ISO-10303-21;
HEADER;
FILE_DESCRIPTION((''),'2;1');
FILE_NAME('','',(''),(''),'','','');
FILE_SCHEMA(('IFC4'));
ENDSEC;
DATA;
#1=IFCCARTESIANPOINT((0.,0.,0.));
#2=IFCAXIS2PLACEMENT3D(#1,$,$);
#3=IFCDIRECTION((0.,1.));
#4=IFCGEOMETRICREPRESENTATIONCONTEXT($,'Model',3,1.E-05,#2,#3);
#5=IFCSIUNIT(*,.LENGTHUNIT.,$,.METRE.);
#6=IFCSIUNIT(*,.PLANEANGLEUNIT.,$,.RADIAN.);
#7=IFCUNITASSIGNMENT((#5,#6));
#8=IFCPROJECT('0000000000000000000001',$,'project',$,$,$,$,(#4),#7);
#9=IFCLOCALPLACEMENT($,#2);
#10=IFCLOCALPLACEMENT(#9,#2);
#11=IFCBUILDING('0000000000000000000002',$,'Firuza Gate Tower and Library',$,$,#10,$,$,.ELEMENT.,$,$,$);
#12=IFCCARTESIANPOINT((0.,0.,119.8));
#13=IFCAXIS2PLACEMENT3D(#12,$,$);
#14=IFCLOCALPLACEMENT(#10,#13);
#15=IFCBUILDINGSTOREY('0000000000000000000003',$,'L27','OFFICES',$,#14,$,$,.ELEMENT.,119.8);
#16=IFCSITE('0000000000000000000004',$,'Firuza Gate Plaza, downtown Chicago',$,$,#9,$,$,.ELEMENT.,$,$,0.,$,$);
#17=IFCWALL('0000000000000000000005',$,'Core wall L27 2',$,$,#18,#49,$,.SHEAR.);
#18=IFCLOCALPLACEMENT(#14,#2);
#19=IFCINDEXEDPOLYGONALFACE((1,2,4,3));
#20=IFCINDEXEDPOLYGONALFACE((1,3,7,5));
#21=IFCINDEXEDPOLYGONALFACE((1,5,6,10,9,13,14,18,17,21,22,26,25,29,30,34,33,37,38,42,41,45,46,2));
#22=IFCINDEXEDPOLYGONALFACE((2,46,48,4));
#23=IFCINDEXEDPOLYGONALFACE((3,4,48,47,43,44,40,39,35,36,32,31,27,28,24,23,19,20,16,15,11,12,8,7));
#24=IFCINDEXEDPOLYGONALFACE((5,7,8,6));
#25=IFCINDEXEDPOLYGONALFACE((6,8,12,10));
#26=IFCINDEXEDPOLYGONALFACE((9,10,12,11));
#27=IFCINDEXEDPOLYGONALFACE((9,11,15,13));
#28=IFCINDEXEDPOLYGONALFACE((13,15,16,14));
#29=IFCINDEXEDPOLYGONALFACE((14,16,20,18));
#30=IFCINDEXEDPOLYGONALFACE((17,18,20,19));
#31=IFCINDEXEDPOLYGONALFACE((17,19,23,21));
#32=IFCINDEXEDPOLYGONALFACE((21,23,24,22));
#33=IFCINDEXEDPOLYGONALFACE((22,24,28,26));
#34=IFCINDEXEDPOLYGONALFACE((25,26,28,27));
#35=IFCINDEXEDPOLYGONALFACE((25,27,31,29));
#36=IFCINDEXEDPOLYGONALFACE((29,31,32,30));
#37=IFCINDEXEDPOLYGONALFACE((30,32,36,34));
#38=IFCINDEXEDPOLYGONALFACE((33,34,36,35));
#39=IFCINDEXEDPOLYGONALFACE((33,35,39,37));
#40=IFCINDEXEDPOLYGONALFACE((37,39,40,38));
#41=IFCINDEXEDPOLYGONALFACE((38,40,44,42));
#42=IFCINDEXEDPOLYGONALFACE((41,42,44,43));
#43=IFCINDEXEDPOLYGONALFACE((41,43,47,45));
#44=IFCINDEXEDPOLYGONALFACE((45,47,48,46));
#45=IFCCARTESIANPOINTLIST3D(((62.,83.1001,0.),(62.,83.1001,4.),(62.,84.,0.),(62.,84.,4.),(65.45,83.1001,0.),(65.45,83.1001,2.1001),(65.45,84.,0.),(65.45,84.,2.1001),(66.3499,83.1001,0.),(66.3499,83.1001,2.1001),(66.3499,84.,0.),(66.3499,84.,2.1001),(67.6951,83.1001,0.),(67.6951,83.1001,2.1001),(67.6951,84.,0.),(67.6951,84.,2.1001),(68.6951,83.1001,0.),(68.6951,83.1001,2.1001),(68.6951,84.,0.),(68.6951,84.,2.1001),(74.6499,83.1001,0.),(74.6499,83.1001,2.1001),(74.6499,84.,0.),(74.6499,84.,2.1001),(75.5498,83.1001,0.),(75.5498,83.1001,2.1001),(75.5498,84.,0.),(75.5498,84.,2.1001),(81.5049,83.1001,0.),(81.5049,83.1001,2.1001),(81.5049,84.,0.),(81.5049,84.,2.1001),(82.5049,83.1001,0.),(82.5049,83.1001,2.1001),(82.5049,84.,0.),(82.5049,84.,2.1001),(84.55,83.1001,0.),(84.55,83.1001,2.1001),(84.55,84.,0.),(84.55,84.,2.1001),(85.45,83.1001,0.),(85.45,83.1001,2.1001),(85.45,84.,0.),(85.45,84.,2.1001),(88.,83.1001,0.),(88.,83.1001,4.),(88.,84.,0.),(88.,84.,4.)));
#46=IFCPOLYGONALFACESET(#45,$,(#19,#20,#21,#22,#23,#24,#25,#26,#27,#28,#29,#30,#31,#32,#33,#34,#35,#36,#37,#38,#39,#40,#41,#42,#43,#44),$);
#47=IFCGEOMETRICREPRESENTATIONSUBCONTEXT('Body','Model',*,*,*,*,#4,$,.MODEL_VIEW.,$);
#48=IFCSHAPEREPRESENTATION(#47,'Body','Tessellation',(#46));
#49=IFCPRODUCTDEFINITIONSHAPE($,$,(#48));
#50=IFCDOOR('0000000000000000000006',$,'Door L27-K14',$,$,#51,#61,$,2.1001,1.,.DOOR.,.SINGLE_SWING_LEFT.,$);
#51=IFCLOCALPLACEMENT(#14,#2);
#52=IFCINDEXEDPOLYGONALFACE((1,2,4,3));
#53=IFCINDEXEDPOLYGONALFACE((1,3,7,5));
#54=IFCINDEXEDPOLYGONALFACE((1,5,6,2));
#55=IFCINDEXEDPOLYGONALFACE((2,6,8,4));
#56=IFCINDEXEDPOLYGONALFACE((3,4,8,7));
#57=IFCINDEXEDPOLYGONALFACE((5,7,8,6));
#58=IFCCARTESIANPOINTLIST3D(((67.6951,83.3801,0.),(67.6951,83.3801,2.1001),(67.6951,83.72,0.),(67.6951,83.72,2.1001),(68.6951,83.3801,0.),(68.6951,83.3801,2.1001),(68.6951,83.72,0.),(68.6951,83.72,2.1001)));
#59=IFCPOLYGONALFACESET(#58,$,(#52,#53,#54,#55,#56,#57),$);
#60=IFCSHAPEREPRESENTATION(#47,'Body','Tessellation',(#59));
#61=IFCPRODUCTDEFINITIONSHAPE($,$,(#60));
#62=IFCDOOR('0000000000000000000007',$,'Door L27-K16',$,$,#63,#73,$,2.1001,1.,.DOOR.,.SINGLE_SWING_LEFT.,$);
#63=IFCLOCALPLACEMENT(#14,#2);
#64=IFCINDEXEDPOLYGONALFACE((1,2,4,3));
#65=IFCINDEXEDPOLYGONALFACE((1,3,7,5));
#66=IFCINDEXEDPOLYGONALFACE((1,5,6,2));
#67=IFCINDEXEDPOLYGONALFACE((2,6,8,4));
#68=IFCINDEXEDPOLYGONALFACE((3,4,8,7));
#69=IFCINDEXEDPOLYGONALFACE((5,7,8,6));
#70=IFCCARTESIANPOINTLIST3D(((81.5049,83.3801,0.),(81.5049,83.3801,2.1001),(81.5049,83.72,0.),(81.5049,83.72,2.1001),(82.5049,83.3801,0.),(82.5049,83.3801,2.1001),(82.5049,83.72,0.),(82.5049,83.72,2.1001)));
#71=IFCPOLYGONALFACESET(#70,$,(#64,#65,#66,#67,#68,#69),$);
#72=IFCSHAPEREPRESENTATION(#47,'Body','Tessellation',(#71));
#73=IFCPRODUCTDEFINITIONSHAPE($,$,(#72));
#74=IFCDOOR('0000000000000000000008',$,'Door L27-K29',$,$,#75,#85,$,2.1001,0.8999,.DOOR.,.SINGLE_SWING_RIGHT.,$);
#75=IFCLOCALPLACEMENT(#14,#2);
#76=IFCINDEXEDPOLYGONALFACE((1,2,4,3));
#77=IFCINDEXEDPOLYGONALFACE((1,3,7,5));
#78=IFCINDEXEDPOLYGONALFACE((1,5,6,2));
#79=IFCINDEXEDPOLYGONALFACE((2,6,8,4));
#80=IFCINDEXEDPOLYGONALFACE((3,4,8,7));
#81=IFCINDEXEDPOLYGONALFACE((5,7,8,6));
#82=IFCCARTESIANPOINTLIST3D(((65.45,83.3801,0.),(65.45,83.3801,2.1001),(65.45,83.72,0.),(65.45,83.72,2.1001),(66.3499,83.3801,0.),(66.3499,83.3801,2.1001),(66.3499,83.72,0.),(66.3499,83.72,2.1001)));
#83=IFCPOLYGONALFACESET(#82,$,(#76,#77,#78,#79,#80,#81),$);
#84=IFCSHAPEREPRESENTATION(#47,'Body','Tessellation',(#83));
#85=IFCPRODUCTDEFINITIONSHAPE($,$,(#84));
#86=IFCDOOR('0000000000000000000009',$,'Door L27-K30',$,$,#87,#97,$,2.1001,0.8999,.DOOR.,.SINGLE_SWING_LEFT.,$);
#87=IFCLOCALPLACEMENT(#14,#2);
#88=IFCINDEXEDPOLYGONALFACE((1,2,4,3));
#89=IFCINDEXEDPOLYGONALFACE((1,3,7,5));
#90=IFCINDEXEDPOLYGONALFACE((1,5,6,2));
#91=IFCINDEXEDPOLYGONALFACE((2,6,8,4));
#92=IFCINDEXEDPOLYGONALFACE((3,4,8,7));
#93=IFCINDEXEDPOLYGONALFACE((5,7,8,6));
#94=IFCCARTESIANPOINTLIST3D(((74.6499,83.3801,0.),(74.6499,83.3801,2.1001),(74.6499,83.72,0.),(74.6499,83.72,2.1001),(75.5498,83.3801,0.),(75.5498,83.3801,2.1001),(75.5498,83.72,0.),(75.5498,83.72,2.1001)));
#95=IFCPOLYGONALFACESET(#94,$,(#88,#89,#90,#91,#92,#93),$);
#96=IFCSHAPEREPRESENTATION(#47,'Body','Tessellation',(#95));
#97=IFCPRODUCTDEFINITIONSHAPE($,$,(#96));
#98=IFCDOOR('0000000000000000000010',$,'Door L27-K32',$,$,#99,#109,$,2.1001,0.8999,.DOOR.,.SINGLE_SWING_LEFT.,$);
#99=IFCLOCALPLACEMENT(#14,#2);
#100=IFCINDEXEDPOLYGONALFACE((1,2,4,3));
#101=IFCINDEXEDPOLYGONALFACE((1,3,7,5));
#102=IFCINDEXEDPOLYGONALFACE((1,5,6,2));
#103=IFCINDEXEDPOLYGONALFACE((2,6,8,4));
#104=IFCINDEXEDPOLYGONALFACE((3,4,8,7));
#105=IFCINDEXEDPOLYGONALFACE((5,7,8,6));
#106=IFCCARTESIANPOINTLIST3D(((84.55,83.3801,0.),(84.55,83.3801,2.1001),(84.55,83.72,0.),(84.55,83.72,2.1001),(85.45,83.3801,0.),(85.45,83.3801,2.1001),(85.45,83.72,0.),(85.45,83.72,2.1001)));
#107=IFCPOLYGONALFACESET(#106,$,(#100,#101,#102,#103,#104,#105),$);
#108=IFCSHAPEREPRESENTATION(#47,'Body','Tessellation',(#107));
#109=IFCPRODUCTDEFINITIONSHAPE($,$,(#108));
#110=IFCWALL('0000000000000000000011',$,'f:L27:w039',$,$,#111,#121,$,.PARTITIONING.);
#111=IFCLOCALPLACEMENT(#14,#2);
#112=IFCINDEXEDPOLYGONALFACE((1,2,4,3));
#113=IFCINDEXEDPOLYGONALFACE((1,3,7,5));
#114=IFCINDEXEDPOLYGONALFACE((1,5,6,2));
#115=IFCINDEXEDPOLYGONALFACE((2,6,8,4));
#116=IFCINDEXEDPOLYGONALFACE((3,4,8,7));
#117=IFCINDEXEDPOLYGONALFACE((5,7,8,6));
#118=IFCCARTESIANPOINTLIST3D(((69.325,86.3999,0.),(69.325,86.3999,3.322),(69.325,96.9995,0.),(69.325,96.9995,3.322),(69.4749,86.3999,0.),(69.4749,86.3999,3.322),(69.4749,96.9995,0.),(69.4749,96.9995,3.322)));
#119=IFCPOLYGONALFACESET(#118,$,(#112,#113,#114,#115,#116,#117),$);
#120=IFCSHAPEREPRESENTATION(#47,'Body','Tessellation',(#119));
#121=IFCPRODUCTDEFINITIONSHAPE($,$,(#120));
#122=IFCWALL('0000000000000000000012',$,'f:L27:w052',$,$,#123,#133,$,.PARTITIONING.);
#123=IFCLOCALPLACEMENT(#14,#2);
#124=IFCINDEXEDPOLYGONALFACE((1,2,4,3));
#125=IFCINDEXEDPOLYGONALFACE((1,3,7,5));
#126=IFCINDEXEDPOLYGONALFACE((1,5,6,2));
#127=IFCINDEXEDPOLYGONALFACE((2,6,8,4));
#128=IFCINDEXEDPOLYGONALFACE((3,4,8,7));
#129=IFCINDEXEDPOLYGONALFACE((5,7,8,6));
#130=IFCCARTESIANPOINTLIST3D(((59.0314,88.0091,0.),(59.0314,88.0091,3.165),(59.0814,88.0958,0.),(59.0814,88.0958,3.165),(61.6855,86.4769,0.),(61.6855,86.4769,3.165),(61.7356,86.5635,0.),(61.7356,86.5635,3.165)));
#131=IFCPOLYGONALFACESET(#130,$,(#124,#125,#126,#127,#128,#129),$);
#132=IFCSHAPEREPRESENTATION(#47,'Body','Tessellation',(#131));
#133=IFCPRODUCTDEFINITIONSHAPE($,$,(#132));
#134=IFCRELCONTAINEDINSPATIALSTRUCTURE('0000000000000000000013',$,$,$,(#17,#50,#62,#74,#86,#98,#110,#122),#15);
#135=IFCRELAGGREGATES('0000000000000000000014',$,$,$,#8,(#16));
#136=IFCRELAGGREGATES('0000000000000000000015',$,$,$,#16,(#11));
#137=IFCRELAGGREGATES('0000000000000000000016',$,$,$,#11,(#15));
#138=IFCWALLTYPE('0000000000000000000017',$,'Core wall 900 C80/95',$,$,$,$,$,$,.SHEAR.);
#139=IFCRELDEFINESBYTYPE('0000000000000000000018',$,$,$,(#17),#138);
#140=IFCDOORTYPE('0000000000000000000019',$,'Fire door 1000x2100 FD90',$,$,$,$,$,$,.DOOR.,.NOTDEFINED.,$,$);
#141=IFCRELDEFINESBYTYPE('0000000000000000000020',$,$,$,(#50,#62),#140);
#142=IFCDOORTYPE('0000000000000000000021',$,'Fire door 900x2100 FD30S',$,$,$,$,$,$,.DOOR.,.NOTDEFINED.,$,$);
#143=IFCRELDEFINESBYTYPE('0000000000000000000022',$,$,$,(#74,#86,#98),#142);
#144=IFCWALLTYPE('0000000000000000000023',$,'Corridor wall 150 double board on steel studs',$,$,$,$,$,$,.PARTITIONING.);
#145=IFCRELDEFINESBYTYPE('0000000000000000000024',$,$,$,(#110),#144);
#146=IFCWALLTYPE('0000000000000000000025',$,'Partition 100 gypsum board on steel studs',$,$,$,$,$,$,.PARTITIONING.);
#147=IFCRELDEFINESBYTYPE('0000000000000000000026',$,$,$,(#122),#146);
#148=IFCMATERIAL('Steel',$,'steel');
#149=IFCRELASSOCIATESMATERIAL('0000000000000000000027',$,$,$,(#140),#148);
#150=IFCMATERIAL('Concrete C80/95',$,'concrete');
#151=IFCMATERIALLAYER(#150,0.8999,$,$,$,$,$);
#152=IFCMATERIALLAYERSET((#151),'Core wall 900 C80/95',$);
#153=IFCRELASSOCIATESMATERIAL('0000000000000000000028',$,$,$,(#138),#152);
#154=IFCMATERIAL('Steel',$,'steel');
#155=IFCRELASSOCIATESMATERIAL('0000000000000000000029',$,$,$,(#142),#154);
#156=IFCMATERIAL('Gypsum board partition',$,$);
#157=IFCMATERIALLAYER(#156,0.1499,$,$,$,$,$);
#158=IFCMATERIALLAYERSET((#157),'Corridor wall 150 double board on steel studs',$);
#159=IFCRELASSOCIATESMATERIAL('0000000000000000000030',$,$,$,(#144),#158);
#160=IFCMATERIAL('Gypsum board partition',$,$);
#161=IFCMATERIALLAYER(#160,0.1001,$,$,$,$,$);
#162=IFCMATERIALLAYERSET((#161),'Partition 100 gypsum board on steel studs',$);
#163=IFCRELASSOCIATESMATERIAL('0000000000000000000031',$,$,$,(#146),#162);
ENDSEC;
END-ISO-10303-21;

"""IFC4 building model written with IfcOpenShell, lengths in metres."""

from ifc_helpers import new_model, si_unit, direction, frame, frame_2d, origin, place, context, subcontext, project, spatial, rectangle, extrude, material, layer, layer_set, type_object, element, fill, save


model = new_model("IFC4")

# Units and contexts
model_context = context("Model", 3, precision=1e-05, world=origin(), true_north=direction((0.0, 1.0)))
body_context = subcontext(model_context, "Body", "Model", "MODEL_VIEW")
ifc_project = project(units=[si_unit("LENGTHUNIT", "METRE"), si_unit("PLANEANGLEUNIT", "RADIAN")], contexts=[model_context])

# Site, building, storey
site_placement = place(None, origin())
site = spatial("IfcSite", under=ifc_project, at=site_placement, Name="Firuza Gate Plaza, downtown Chicago", CompositionType="ELEMENT", RefElevation=0.0)
building_placement = place(site_placement, origin())
building = spatial("IfcBuilding", under=site, at=building_placement, Name="Firuza Gate Tower and Library", CompositionType="ELEMENT")
storey_placement = place(building_placement, frame((0.0, 0.0, 119.8)))
storey = spatial("IfcBuildingStorey", under=building, at=storey_placement, Name="L27", Description="OFFICES", CompositionType="ELEMENT", Elevation=119.8)

# Shared definitions
ifc_material_1 = material(Name="Steel", Category="steel")
door_type_1 = type_object("IfcDoorType", Name="Fire door 1000x2100 FD90", OperationType="NOTDEFINED", PredefinedType="DOOR", material=ifc_material_1)

# Wall, openings, doors
ifc_material_2 = material(Name="Concrete C80/95", Category="concrete")
ifc_layer_1 = layer(ifc_material_2, 0.8999)
ifc_layer_set_1 = layer_set([ifc_layer_1], Name="Core wall 900 C80/95")
wall_type_1 = type_object("IfcWallType", Name="Core wall 900 C80/95", PredefinedType="SHEAR", material=ifc_layer_set_1)
wall_1_placement = place(storey_placement, frame((62.0, 83.55, 0.0), z_axis=(0.0, 0.0, 1.0), x_axis=(1.0, 0.0, 0.0)))
wall_1 = element("IfcWall", 1, at=wall_1_placement, inside=storey, type_object=wall_type_1, Name="Core wall L27 2", PredefinedType="SHEAR", context=body_context, shape_type="SweptSolid", body=[
    extrude(rectangle(XDim=26.0, YDim=0.8999, at=frame_2d((13.0, 0.0))), origin(), (0.0, 0.0, 1.0), 4.0),
])
opening_1_placement = place(wall_1_placement, frame((5.6951, 0.0, 0.0)))
opening_1 = element("IfcOpeningElement", 2, at=opening_1_placement, cuts=wall_1, PredefinedType="OPENING", context=body_context, shape_type="SweptSolid", body=[
    extrude(rectangle(XDim=1.0, YDim=2.1001, at=frame_2d((0.5, 1.05))), frame((0.0, 0.46, 0.0), z_axis=(0.0, -1.0, 0.0), x_axis=(1.0, 0.0, 0.0)), (0.0, 0.0, 1.0), 0.9199),
])
opening_2_placement = place(wall_1_placement, frame((19.5049, 0.0, 0.0)))
opening_2 = element("IfcOpeningElement", 3, at=opening_2_placement, cuts=wall_1, PredefinedType="OPENING", context=body_context, shape_type="SweptSolid", body=[
    extrude(rectangle(XDim=1.0, YDim=2.1001, at=frame_2d((0.5, 1.05))), frame((0.0, 0.46, 0.0), z_axis=(0.0, -1.0, 0.0), x_axis=(1.0, 0.0, 0.0)), (0.0, 0.0, 1.0), 0.9199),
])
opening_3_placement = place(wall_1_placement, frame((3.45, 0.0, 0.0)))
opening_3 = element("IfcOpeningElement", 4, at=opening_3_placement, cuts=wall_1, PredefinedType="OPENING", context=body_context, shape_type="SweptSolid", body=[
    extrude(rectangle(XDim=0.8999, YDim=2.1001, at=frame_2d((0.45, 1.05))), frame((0.0, 0.46, 0.0), z_axis=(0.0, -1.0, 0.0), x_axis=(1.0, 0.0, 0.0)), (0.0, 0.0, 1.0), 0.9199),
])
opening_4_placement = place(wall_1_placement, frame((12.6499, 0.0, 0.0)))
opening_4 = element("IfcOpeningElement", 5, at=opening_4_placement, cuts=wall_1, PredefinedType="OPENING", context=body_context, shape_type="SweptSolid", body=[
    extrude(rectangle(XDim=0.8999, YDim=2.1001, at=frame_2d((0.45, 1.05))), frame((0.0, 0.46, 0.0), z_axis=(0.0, -1.0, 0.0), x_axis=(1.0, 0.0, 0.0)), (0.0, 0.0, 1.0), 0.9199),
])
opening_5_placement = place(wall_1_placement, frame((22.55, 0.0, 0.0)))
opening_5 = element("IfcOpeningElement", 6, at=opening_5_placement, cuts=wall_1, PredefinedType="OPENING", context=body_context, shape_type="SweptSolid", body=[
    extrude(rectangle(XDim=0.8999, YDim=2.1001, at=frame_2d((0.45, 1.05))), frame((0.0, 0.46, 0.0), z_axis=(0.0, -1.0, 0.0), x_axis=(1.0, 0.0, 0.0)), (0.0, 0.0, 1.0), 0.9199),
])
door_1_placement = place(opening_1_placement, origin())
door_1 = element("IfcDoor", 7, at=door_1_placement, inside=storey, type_object=door_type_1, Name="Door L27-K14", OperationType="SINGLE_SWING_LEFT", OverallHeight=2.1001, OverallWidth=1.0, PredefinedType="DOOR", context=body_context, shape_type="SweptSolid", body=[
    extrude(rectangle(XDim=1.0, YDim=2.1001, at=frame_2d((0.5, 1.05))), frame((0.0, 0.1699, 0.0), z_axis=(0.0, -1.0, 0.0), x_axis=(1.0, 0.0, 0.0)), (0.0, 0.0, 1.0), 0.3398),
])
fill(opening_1, door_1)
door_2_placement = place(opening_2_placement, origin())
door_2 = element("IfcDoor", 8, at=door_2_placement, inside=storey, type_object=door_type_1, Name="Door L27-K16", OperationType="SINGLE_SWING_LEFT", OverallHeight=2.1001, OverallWidth=1.0, PredefinedType="DOOR", context=body_context, shape_type="SweptSolid", body=[
    extrude(rectangle(XDim=1.0, YDim=2.1001, at=frame_2d((0.5, 1.05))), frame((0.0, 0.1699, 0.0), z_axis=(0.0, -1.0, 0.0), x_axis=(1.0, 0.0, 0.0)), (0.0, 0.0, 1.0), 0.3398),
])
fill(opening_2, door_2)
ifc_material_3 = material(Name="Steel", Category="steel")
door_type_2 = type_object("IfcDoorType", Name="Fire door 900x2100 FD30S", OperationType="NOTDEFINED", PredefinedType="DOOR", material=ifc_material_3)
door_3_placement = place(opening_3_placement, origin())
door_3 = element("IfcDoor", 9, at=door_3_placement, inside=storey, type_object=door_type_2, Name="Door L27-K29", OperationType="SINGLE_SWING_RIGHT", OverallHeight=2.1001, OverallWidth=0.8999, PredefinedType="DOOR", context=body_context, shape_type="SweptSolid", body=[
    extrude(rectangle(XDim=0.8999, YDim=2.1001, at=frame_2d((0.45, 1.05))), frame((0.0, 0.1699, 0.0), z_axis=(0.0, -1.0, 0.0), x_axis=(1.0, 0.0, 0.0)), (0.0, 0.0, 1.0), 0.3398),
])
fill(opening_3, door_3)
door_4_placement = place(opening_4_placement, origin())
door_4 = element("IfcDoor", 10, at=door_4_placement, inside=storey, type_object=door_type_2, Name="Door L27-K30", OperationType="SINGLE_SWING_LEFT", OverallHeight=2.1001, OverallWidth=0.8999, PredefinedType="DOOR", context=body_context, shape_type="SweptSolid", body=[
    extrude(rectangle(XDim=0.8999, YDim=2.1001, at=frame_2d((0.45, 1.05))), frame((0.0, 0.1699, 0.0), z_axis=(0.0, -1.0, 0.0), x_axis=(1.0, 0.0, 0.0)), (0.0, 0.0, 1.0), 0.3398),
])
fill(opening_4, door_4)
door_5_placement = place(opening_5_placement, origin())
door_5 = element("IfcDoor", 11, at=door_5_placement, inside=storey, type_object=door_type_2, Name="Door L27-K32", OperationType="SINGLE_SWING_LEFT", OverallHeight=2.1001, OverallWidth=0.8999, PredefinedType="DOOR", context=body_context, shape_type="SweptSolid", body=[
    extrude(rectangle(XDim=0.8999, YDim=2.1001, at=frame_2d((0.45, 1.05))), frame((0.0, 0.1699, 0.0), z_axis=(0.0, -1.0, 0.0), x_axis=(1.0, 0.0, 0.0)), (0.0, 0.0, 1.0), 0.3398),
])
fill(opening_5, door_5)

# Walls
ifc_material_4 = material(Name="Gypsum board partition")
ifc_layer_2 = layer(ifc_material_4, 0.1499)
ifc_layer_set_2 = layer_set([ifc_layer_2], Name="Corridor wall 150 double board on steel studs")
wall_type_2 = type_object("IfcWallType", Name="Corridor wall 150 double board on steel studs", PredefinedType="PARTITIONING", material=ifc_layer_set_2)
wall_2_placement = place(storey_placement, frame((69.3999, 86.3999, 0.0), z_axis=(0.0, 0.0, 1.0), x_axis=(0.0, 1.0, 0.0)))
element("IfcWall", 12, at=wall_2_placement, inside=storey, type_object=wall_type_2, Name="f:L27:w039", PredefinedType="PARTITIONING", context=body_context, shape_type="SweptSolid", body=[
    extrude(rectangle(XDim=10.5996, YDim=0.1499, at=frame_2d((5.2998, 0.0))), origin(), (0.0, 0.0, 1.0), 3.322),
])
ifc_material_5 = material(Name="Gypsum board partition")
ifc_layer_3 = layer(ifc_material_5, 0.1001)
ifc_layer_set_3 = layer_set([ifc_layer_3], Name="Partition 100 gypsum board on steel studs")
wall_type_3 = type_object("IfcWallType", Name="Partition 100 gypsum board on steel studs", PredefinedType="PARTITIONING", material=ifc_layer_set_3)
wall_3_placement = place(storey_placement, frame((61.7104, 86.5203, 0.0), z_axis=(0.0, 0.0, 1.0), x_axis=(-0.866038, 0.499978, 0.0)))
element("IfcWall", 13, at=wall_3_placement, inside=storey, type_object=wall_type_3, Name="f:L27:w052", PredefinedType="PARTITIONING", context=body_context, shape_type="SweptSolid", body=[
    extrude(rectangle(XDim=3.0647, YDim=0.1001, at=frame_2d((1.5322, 0.0))), origin(), (0.0, 0.0, 1.0), 3.165),
])

save(model, "model.ifc")
